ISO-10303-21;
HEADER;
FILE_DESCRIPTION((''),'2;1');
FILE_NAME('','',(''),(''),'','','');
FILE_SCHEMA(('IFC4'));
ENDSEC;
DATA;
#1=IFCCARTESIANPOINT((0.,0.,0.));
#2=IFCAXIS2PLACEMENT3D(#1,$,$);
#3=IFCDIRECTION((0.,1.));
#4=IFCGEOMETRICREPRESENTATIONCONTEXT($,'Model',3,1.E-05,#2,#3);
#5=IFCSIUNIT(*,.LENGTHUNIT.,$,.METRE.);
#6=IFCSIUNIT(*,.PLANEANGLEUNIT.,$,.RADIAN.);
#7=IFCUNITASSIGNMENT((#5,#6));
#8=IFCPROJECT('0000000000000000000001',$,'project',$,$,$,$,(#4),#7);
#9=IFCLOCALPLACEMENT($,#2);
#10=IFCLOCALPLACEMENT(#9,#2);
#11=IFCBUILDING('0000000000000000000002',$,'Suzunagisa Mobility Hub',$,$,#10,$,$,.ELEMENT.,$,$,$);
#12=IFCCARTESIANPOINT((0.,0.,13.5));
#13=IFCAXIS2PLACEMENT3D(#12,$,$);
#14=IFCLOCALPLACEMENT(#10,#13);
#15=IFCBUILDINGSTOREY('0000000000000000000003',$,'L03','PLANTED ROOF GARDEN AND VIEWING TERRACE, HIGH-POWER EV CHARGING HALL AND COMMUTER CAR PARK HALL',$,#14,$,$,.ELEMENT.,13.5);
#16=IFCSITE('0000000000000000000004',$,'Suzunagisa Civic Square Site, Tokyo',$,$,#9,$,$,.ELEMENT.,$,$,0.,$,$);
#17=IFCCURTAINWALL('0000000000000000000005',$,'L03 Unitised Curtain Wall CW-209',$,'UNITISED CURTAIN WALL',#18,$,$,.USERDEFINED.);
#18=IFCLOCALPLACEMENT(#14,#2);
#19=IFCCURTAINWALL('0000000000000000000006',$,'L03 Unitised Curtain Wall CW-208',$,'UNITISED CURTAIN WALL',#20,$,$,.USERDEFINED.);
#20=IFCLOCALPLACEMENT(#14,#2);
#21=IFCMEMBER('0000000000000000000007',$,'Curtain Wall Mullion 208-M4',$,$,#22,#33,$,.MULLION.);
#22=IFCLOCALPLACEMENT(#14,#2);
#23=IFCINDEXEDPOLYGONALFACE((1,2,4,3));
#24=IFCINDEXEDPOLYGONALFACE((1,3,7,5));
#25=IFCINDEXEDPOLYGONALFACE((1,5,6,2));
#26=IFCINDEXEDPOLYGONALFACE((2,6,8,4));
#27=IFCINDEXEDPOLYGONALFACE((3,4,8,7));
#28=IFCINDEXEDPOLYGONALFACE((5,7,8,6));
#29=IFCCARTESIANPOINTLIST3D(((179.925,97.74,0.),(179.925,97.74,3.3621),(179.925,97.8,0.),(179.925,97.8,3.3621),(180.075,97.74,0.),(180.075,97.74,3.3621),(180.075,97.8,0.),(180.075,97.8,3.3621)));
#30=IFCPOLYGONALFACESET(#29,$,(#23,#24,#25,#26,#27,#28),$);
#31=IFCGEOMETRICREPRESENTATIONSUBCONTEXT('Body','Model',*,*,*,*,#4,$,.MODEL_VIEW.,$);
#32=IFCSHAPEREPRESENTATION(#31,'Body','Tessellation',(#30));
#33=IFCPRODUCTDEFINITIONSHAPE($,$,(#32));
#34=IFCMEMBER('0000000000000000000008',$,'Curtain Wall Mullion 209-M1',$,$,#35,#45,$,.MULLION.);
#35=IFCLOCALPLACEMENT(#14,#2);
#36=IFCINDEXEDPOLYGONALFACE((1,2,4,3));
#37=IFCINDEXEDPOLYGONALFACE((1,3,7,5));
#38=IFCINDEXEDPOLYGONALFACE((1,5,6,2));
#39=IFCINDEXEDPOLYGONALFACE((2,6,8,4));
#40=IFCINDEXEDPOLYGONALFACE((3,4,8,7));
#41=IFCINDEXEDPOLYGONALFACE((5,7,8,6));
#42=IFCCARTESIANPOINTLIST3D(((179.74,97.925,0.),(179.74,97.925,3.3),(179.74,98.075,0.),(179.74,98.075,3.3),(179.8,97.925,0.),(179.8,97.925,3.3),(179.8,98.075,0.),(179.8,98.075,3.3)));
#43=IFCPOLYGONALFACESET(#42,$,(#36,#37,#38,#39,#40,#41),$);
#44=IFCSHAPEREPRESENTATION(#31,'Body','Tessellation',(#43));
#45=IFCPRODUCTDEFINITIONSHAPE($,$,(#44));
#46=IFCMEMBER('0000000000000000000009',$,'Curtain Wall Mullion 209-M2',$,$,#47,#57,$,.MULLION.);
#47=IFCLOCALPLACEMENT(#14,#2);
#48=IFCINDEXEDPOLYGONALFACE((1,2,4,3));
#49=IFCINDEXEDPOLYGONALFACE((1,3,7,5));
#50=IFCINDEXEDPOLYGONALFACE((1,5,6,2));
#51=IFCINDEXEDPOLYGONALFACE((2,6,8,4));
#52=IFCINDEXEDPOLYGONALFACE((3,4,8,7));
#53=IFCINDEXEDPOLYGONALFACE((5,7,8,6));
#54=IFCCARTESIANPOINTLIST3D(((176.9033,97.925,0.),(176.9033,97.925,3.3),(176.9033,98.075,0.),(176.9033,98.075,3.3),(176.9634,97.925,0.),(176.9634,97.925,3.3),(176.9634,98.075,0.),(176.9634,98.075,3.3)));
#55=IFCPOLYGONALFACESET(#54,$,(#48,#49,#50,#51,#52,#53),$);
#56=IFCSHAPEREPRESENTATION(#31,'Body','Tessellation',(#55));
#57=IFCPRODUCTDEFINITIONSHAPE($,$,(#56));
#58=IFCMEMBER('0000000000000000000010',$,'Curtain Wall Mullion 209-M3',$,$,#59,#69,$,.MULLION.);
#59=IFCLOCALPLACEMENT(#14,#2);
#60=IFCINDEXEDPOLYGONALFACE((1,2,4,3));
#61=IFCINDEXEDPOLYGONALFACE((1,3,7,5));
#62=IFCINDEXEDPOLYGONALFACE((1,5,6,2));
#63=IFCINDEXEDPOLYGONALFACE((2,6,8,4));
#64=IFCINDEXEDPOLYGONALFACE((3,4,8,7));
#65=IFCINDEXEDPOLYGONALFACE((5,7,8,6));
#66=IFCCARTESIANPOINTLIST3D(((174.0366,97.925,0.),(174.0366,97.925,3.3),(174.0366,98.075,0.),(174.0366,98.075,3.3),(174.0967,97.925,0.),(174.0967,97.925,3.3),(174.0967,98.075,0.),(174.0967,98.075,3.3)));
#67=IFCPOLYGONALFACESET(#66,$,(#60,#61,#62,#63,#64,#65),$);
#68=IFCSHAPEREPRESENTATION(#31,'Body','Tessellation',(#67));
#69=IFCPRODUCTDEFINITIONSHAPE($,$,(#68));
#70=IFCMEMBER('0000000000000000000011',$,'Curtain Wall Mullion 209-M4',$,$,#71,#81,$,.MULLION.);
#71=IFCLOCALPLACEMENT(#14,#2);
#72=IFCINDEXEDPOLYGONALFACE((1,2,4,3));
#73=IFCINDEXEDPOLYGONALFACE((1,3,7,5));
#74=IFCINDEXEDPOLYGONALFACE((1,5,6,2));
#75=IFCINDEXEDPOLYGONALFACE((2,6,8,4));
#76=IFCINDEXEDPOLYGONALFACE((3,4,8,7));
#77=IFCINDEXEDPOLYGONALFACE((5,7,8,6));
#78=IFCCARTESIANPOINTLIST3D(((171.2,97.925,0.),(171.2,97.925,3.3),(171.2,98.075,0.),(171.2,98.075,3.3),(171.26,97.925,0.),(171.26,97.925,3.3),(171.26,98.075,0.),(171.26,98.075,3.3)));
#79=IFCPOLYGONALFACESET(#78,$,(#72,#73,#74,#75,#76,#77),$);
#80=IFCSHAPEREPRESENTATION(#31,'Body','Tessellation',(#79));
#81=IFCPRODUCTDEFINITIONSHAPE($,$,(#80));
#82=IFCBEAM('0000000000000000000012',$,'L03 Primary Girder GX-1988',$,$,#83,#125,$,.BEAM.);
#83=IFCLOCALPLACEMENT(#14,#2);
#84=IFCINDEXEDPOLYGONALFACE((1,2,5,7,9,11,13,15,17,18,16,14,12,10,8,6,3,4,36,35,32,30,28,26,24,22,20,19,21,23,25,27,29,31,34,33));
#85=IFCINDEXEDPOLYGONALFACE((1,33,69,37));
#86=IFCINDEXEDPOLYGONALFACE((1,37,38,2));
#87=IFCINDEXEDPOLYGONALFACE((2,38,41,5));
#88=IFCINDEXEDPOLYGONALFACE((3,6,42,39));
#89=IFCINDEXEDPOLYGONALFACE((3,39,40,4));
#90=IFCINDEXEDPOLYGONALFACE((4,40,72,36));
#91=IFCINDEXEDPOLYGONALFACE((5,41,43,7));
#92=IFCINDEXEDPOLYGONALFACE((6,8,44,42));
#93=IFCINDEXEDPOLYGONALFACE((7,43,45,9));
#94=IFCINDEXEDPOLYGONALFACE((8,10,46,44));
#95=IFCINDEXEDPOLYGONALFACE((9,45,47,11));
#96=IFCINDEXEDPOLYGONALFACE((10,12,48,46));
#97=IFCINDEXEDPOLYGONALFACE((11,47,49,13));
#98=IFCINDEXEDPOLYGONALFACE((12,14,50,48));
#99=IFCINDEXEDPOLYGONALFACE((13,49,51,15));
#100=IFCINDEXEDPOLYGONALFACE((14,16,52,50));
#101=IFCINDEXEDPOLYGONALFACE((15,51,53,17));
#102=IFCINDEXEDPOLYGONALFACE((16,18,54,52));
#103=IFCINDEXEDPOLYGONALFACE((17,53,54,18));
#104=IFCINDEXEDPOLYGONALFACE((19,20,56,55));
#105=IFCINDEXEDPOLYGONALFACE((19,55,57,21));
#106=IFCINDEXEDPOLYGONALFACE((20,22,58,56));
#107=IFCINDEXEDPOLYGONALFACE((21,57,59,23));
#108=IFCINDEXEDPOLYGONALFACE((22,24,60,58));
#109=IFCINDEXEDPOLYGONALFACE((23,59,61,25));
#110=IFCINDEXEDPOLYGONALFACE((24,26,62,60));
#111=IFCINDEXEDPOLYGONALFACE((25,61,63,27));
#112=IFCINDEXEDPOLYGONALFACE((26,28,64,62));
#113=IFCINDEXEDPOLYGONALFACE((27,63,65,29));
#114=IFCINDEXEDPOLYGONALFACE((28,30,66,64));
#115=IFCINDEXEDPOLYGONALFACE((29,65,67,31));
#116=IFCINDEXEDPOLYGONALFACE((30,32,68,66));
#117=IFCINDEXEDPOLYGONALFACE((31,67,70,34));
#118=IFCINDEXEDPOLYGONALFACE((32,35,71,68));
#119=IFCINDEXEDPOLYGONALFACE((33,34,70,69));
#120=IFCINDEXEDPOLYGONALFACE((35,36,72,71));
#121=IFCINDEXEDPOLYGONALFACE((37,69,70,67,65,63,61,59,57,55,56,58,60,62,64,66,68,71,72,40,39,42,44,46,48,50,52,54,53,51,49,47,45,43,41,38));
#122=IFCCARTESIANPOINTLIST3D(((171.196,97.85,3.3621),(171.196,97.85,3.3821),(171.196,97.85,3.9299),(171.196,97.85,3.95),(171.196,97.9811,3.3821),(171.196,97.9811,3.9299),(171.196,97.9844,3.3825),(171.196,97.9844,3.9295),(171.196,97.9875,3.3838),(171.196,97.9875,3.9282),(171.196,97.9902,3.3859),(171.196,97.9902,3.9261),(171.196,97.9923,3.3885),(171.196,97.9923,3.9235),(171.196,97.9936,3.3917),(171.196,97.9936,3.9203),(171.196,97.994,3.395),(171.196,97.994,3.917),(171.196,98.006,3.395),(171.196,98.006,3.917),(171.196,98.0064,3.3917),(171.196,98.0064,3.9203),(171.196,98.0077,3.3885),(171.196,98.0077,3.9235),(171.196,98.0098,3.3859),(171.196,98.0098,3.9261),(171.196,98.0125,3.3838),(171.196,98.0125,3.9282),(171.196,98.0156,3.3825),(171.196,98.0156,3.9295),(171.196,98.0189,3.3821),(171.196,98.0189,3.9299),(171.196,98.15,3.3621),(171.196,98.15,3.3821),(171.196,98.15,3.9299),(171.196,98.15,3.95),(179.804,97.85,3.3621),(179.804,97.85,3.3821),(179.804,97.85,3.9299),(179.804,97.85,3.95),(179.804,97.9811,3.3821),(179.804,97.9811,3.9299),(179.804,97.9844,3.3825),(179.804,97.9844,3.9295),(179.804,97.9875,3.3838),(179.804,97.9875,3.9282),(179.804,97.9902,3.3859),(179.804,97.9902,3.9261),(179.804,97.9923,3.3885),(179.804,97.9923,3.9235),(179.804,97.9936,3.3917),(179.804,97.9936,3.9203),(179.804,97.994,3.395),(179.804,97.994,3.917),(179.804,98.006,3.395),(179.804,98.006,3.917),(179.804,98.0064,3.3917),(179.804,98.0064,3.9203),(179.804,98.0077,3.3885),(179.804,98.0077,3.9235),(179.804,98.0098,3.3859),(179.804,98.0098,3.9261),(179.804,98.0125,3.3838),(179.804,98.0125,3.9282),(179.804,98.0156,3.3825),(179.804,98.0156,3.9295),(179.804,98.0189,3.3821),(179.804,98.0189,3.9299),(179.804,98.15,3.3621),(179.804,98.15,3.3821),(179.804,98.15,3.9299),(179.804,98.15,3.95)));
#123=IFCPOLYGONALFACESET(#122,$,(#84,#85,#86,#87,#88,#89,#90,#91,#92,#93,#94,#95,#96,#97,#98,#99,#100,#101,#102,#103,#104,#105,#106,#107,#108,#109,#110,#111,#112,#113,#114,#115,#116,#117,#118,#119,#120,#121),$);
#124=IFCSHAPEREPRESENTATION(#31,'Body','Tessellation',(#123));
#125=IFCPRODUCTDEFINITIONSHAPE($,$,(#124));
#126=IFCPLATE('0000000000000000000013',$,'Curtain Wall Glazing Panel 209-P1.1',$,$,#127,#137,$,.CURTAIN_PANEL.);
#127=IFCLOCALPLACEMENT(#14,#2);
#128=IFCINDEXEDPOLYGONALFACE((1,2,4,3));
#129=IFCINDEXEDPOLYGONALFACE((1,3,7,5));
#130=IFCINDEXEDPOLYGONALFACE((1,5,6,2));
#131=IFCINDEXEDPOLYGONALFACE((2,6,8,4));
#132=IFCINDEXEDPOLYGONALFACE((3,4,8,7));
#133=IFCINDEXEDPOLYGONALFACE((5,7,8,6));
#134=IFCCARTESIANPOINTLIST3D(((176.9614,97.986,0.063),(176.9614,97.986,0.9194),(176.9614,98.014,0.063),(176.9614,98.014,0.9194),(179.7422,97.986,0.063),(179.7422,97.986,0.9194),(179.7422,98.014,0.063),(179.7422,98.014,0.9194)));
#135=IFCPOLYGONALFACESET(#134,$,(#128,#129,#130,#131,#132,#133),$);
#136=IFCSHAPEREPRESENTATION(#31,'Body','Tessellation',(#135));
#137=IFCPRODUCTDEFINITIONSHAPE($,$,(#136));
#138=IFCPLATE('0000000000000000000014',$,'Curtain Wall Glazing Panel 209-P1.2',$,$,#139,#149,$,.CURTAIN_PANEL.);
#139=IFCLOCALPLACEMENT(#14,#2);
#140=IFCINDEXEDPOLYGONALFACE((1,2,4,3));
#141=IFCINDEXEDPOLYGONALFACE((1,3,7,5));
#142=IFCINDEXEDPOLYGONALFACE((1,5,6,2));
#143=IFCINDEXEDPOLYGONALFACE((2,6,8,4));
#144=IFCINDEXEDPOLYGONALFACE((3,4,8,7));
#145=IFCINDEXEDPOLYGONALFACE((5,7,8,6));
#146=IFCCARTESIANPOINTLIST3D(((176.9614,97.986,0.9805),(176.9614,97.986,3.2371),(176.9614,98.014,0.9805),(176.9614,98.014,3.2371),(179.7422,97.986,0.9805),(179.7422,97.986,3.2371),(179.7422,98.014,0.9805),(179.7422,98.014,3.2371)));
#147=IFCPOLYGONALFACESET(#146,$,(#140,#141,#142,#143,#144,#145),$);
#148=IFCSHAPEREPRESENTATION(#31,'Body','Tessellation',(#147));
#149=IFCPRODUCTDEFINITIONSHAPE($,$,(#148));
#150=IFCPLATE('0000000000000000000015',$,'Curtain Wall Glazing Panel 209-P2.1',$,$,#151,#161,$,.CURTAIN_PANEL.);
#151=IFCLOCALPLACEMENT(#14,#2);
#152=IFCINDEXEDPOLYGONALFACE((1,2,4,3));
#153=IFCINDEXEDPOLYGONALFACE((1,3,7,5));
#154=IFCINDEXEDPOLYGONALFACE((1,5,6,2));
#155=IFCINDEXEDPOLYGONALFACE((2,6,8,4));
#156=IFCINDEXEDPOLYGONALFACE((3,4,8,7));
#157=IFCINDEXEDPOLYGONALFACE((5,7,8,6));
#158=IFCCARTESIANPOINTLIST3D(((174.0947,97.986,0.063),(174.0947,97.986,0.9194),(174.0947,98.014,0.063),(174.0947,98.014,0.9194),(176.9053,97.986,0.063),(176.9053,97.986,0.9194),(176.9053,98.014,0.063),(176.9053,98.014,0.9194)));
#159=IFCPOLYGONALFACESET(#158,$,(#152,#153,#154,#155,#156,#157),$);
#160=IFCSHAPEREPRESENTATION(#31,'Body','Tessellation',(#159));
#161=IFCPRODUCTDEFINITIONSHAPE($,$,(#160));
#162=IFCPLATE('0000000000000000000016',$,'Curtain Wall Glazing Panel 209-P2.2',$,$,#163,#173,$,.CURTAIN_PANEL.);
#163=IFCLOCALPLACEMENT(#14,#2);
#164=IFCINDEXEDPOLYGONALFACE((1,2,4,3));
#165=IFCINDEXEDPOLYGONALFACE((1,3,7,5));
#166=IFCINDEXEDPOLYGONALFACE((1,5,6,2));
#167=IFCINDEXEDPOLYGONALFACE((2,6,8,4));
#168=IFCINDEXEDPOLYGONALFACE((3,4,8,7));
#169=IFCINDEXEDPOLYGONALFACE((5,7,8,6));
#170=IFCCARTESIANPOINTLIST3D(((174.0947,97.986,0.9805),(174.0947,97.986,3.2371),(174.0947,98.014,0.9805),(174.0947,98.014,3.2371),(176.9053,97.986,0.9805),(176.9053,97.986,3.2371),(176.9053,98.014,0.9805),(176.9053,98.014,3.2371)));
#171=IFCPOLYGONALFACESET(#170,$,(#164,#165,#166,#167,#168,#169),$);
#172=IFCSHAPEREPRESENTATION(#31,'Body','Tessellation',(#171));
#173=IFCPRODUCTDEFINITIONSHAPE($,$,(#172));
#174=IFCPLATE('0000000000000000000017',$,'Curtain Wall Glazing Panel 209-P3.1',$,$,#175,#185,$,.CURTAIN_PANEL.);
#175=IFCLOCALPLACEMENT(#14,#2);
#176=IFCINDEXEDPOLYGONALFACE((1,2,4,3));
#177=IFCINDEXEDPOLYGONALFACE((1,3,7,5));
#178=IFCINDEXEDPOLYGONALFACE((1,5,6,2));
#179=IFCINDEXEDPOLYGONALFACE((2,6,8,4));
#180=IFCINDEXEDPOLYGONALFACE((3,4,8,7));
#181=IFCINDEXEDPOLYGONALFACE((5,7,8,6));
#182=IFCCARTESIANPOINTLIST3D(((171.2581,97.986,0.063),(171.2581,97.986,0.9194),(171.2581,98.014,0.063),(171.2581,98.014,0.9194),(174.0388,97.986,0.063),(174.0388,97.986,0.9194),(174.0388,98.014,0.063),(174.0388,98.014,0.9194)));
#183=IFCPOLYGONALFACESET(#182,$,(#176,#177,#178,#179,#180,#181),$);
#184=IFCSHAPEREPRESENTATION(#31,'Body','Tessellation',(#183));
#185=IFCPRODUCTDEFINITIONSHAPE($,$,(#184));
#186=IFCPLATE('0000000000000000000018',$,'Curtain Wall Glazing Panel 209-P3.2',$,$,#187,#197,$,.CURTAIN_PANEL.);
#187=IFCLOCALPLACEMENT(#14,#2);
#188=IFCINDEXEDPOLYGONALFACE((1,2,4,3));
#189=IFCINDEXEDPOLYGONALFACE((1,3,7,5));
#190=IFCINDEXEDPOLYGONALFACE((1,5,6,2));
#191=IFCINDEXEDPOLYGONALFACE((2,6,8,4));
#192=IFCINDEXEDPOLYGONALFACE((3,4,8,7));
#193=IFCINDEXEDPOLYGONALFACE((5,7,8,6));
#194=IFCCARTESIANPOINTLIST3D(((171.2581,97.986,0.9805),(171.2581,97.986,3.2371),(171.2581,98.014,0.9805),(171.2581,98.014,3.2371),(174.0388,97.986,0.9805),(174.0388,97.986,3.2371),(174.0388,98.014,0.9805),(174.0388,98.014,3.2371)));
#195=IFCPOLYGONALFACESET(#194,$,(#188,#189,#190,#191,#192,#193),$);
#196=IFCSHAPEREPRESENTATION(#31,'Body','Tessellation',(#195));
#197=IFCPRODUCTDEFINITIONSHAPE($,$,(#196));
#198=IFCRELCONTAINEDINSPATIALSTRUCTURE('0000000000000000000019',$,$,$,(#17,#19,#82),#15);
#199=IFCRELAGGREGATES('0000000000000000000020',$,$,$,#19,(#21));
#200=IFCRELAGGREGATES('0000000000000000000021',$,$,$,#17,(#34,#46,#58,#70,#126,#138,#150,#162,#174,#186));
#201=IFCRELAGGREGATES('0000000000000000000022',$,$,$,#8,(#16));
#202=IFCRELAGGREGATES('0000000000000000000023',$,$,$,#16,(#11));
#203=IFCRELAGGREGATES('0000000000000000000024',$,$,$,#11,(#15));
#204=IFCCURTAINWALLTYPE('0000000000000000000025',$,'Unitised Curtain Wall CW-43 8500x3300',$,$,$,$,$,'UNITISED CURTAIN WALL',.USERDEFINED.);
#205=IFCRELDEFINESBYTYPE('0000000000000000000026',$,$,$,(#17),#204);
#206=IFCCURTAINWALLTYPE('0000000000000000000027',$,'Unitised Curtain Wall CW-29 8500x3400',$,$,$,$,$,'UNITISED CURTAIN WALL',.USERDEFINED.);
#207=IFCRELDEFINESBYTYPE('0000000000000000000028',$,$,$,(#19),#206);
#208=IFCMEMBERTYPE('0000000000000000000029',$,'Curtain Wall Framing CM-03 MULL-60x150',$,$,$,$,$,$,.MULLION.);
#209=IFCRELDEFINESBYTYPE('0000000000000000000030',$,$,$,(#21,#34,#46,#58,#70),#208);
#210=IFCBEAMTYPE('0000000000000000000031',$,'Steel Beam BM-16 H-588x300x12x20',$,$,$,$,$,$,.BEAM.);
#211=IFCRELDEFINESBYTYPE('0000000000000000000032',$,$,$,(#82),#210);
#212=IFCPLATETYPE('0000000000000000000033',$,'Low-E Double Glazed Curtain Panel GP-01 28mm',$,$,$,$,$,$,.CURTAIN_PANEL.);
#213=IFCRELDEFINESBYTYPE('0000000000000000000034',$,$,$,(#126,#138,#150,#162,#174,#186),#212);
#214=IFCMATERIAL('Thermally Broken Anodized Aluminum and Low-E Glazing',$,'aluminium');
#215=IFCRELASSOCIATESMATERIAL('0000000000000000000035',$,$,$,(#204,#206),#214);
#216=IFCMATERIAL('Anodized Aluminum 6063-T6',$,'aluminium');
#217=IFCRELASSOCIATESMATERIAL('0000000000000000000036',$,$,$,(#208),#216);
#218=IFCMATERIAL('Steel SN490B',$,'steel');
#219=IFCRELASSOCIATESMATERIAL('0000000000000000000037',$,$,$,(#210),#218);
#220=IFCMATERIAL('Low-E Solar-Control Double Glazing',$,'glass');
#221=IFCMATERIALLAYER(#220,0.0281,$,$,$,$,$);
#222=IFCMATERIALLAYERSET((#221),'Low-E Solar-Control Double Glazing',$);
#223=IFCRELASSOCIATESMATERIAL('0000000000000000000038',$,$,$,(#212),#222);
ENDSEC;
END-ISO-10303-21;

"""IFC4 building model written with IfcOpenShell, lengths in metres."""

from ifc_helpers import new_model, si_unit, direction, frame, origin, origin_2d, place, context, subcontext, project, spatial, rectangle, i_section, extrude, material, layer, layer_set, material_profile, profile_set, type_object, element, aggregate, save


model = new_model("IFC4")

# Units and contexts
model_context = context("Model", 3, precision=1e-05, world=origin(), true_north=direction((0.0, 1.0)))
body_context = subcontext(model_context, "Body", "Model", "MODEL_VIEW")
ifc_project = project(units=[si_unit("LENGTHUNIT", "METRE"), si_unit("PLANEANGLEUNIT", "RADIAN")], contexts=[model_context])

# Site, building, storey
site_placement = place(None, origin())
site = spatial("IfcSite", under=ifc_project, at=site_placement, Name="Suzunagisa Civic Square Site, Tokyo", CompositionType="ELEMENT", RefElevation=0.0)
building_placement = place(site_placement, origin())
building = spatial("IfcBuilding", under=site, at=building_placement, Name="Suzunagisa Mobility Hub", CompositionType="ELEMENT")
storey_placement = place(building_placement, frame((0.0, 0.0, 13.5)))
storey = spatial("IfcBuildingStorey", under=building, at=storey_placement, Name="L03", Description="PLANTED ROOF GARDEN AND VIEWING TERRACE, HIGH-POWER EV CHARGING HALL AND COMMUTER CAR PARK HALL", CompositionType="ELEMENT", Elevation=13.5)

# Shared definitions
ifc_material_1 = material(Name="Steel SN490B", Category="steel")

# Curtain wall
ifc_material_2 = material(Name="Thermally Broken Anodized Aluminum and Low-E Glazing", Category="aluminium")
curtain_wall_type_1 = type_object("IfcCurtainWallType", Name="Unitised Curtain Wall CW-43 8500x3300", ElementType="UNITISED CURTAIN WALL", PredefinedType="USERDEFINED", material=ifc_material_2)
curtain_wall_1_placement = place(storey_placement, origin())
curtain_wall_1 = element("IfcCurtainWall", 1, at=curtain_wall_1_placement, inside=storey, type_object=curtain_wall_type_1, Name="L03 Unitised Curtain Wall CW-209", ObjectType="UNITISED CURTAIN WALL", PredefinedType="USERDEFINED")
ifc_material_3 = material(Name="Anodized Aluminum 6063-T6", Category="aluminium")

# Curtain wall, member
curtain_wall_type_2 = type_object("IfcCurtainWallType", Name="Unitised Curtain Wall CW-29 8500x3400", ElementType="UNITISED CURTAIN WALL", PredefinedType="USERDEFINED", material=ifc_material_2)
curtain_wall_2_placement = place(storey_placement, origin())
curtain_wall_2 = element("IfcCurtainWall", 2, at=curtain_wall_2_placement, inside=storey, type_object=curtain_wall_type_2, Name="L03 Unitised Curtain Wall CW-208", ObjectType="UNITISED CURTAIN WALL", PredefinedType="USERDEFINED")
ifc_material_profile_1 = material_profile(ifc_material_3, rectangle(XDim=0.0601, YDim=0.1499, at=origin_2d()), Name="MULL-60x150")
ifc_profile_set_1 = profile_set([ifc_material_profile_1], Name="Anodized Aluminum 6063-T6")
member_type_1 = type_object("IfcMemberType", Name="Curtain Wall Framing CM-03 MULL-60x150", PredefinedType="MULLION", material=ifc_profile_set_1)
member_1_placement = place(storey_placement, frame((180.0, 97.77, 0.0), z_axis=(0.0, 0.0, 1.0), x_axis=(0.0, 1.0, 0.0)))
member_1 = element("IfcMember", 3, at=member_1_placement, type_object=member_type_1, Name="Curtain Wall Mullion 208-M4", PredefinedType="MULLION", context=body_context, shape_type="SweptSolid", body=[
    extrude(rectangle(XDim=0.0601, YDim=0.1499, at=origin_2d()), origin(), (0.0, 0.0, 1.0), 3.3621),
])
aggregate(curtain_wall_2, [member_1])

# Members
member_2_placement = place(storey_placement, frame((179.77, 98.0, 0.0), z_axis=(0.0, 0.0, 1.0), x_axis=(-1.0, 0.0, 0.0)))
member_2 = element("IfcMember", 4, at=member_2_placement, type_object=member_type_1, Name="Curtain Wall Mullion 209-M1", PredefinedType="MULLION", context=body_context, shape_type="SweptSolid", body=[
    extrude(rectangle(XDim=0.0601, YDim=0.1499, at=origin_2d()), origin(), (0.0, 0.0, 1.0), 3.3),
])
member_3_placement = place(storey_placement, frame((176.9333, 98.0, 0.0), z_axis=(0.0, 0.0, 1.0), x_axis=(-1.0, 0.0, 0.0)))
member_3 = element("IfcMember", 5, at=member_3_placement, type_object=member_type_1, Name="Curtain Wall Mullion 209-M2", PredefinedType="MULLION", context=body_context, shape_type="SweptSolid", body=[
    extrude(rectangle(XDim=0.0601, YDim=0.1499, at=origin_2d()), origin(), (0.0, 0.0, 1.0), 3.3),
])
member_4_placement = place(storey_placement, frame((174.0667, 98.0, 0.0), z_axis=(0.0, 0.0, 1.0), x_axis=(-1.0, 0.0, 0.0)))
member_4 = element("IfcMember", 6, at=member_4_placement, type_object=member_type_1, Name="Curtain Wall Mullion 209-M3", PredefinedType="MULLION", context=body_context, shape_type="SweptSolid", body=[
    extrude(rectangle(XDim=0.0601, YDim=0.1499, at=origin_2d()), origin(), (0.0, 0.0, 1.0), 3.3),
])
member_5_placement = place(storey_placement, frame((171.23, 98.0, 0.0), z_axis=(0.0, 0.0, 1.0), x_axis=(-1.0, 0.0, 0.0)))
member_5 = element("IfcMember", 7, at=member_5_placement, type_object=member_type_1, Name="Curtain Wall Mullion 209-M4", PredefinedType="MULLION", context=body_context, shape_type="SweptSolid", body=[
    extrude(rectangle(XDim=0.0601, YDim=0.1499, at=origin_2d()), origin(), (0.0, 0.0, 1.0), 3.3),
])

# Beam
ifc_material_profile_2 = material_profile(ifc_material_1, i_section(OverallWidth=0.3, OverallDepth=0.5879, WebThickness=0.012, FlangeThickness=0.02, FilletRadius=0.0129, at=origin_2d()), Name="H-588x300x12x20")
ifc_profile_set_2 = profile_set([ifc_material_profile_2], Name="Steel SN490B")
beam_type = type_object("IfcBeamType", Name="Steel Beam BM-16 H-588x300x12x20", PredefinedType="BEAM", material=ifc_profile_set_2)
beam_placement = place(storey_placement, frame((171.196, 98.0, 3.656), z_axis=(1.0, 0.0, 0.0), x_axis=(0.0, 1.0, 0.0)))
element("IfcBeam", 8, at=beam_placement, inside=storey, type_object=beam_type, Name="L03 Primary Girder GX-1988", PredefinedType="BEAM", context=body_context, shape_type="SweptSolid", body=[
    extrude(i_section(OverallWidth=0.3, OverallDepth=0.5879, WebThickness=0.012, FlangeThickness=0.02, FilletRadius=0.0129, at=origin_2d()), origin(), (0.0, 0.0, 1.0), 8.6079),
])

# Plates
ifc_material_4 = material(Name="Low-E Solar-Control Double Glazing", Category="glass")
ifc_layer = layer(ifc_material_4, 0.0281)
ifc_layer_set = layer_set([ifc_layer], Name="Low-E Solar-Control Double Glazing")
plate_type = type_object("IfcPlateType", Name="Low-E Double Glazed Curtain Panel GP-01 28mm", PredefinedType="CURTAIN_PANEL", material=ifc_layer_set)
plate_1_placement = place(storey_placement, frame((178.3518, 98.0, 0.063), z_axis=(0.0, 0.0, 1.0), x_axis=(-1.0, 0.0, 0.0)))
plate_1 = element("IfcPlate", 9, at=plate_1_placement, type_object=plate_type, Name="Curtain Wall Glazing Panel 209-P1.1", PredefinedType="CURTAIN_PANEL", context=body_context, shape_type="SweptSolid", body=[
    extrude(rectangle(XDim=2.7808, YDim=0.0281, at=origin_2d()), origin(), (0.0, 0.0, 1.0), 0.8564),
])
plate_2_placement = place(storey_placement, frame((178.3518, 98.0, 0.9805), z_axis=(0.0, 0.0, 1.0), x_axis=(-1.0, 0.0, 0.0)))
plate_2 = element("IfcPlate", 10, at=plate_2_placement, type_object=plate_type, Name="Curtain Wall Glazing Panel 209-P1.2", PredefinedType="CURTAIN_PANEL", context=body_context, shape_type="SweptSolid", body=[
    extrude(rectangle(XDim=2.7808, YDim=0.0281, at=origin_2d()), origin(), (0.0, 0.0, 1.0), 2.2566),
])
plate_3_placement = place(storey_placement, frame((175.5, 98.0, 0.063), z_axis=(0.0, 0.0, 1.0), x_axis=(-1.0, 0.0, 0.0)))
plate_3 = element("IfcPlate", 11, at=plate_3_placement, type_object=plate_type, Name="Curtain Wall Glazing Panel 209-P2.1", PredefinedType="CURTAIN_PANEL", context=body_context, shape_type="SweptSolid", body=[
    extrude(rectangle(XDim=2.8105, YDim=0.0281, at=origin_2d()), origin(), (0.0, 0.0, 1.0), 0.8564),
])
plate_4_placement = place(storey_placement, frame((175.5, 98.0, 0.9805), z_axis=(0.0, 0.0, 1.0), x_axis=(-1.0, 0.0, 0.0)))
plate_4 = element("IfcPlate", 12, at=plate_4_placement, type_object=plate_type, Name="Curtain Wall Glazing Panel 209-P2.2", PredefinedType="CURTAIN_PANEL", context=body_context, shape_type="SweptSolid", body=[
    extrude(rectangle(XDim=2.8105, YDim=0.0281, at=origin_2d()), origin(), (0.0, 0.0, 1.0), 2.2566),
])
plate_5_placement = place(storey_placement, frame((172.6484, 98.0, 0.063), z_axis=(0.0, 0.0, 1.0), x_axis=(-1.0, 0.0, 0.0)))
plate_5 = element("IfcPlate", 13, at=plate_5_placement, type_object=plate_type, Name="Curtain Wall Glazing Panel 209-P3.1", PredefinedType="CURTAIN_PANEL", context=body_context, shape_type="SweptSolid", body=[
    extrude(rectangle(XDim=2.7808, YDim=0.0281, at=origin_2d()), origin(), (0.0, 0.0, 1.0), 0.8564),
])
plate_6_placement = place(storey_placement, frame((172.6484, 98.0, 0.9805), z_axis=(0.0, 0.0, 1.0), x_axis=(-1.0, 0.0, 0.0)))
plate_6 = element("IfcPlate", 14, at=plate_6_placement, type_object=plate_type, Name="Curtain Wall Glazing Panel 209-P3.2", PredefinedType="CURTAIN_PANEL", context=body_context, shape_type="SweptSolid", body=[
    extrude(rectangle(XDim=2.7808, YDim=0.0281, at=origin_2d()), origin(), (0.0, 0.0, 1.0), 2.2566),
])
aggregate(curtain_wall_1, [member_2, member_3, member_4, member_5, plate_1, plate_2, plate_3, plate_4, plate_5, plate_6])

save(model, "model.ifc")
